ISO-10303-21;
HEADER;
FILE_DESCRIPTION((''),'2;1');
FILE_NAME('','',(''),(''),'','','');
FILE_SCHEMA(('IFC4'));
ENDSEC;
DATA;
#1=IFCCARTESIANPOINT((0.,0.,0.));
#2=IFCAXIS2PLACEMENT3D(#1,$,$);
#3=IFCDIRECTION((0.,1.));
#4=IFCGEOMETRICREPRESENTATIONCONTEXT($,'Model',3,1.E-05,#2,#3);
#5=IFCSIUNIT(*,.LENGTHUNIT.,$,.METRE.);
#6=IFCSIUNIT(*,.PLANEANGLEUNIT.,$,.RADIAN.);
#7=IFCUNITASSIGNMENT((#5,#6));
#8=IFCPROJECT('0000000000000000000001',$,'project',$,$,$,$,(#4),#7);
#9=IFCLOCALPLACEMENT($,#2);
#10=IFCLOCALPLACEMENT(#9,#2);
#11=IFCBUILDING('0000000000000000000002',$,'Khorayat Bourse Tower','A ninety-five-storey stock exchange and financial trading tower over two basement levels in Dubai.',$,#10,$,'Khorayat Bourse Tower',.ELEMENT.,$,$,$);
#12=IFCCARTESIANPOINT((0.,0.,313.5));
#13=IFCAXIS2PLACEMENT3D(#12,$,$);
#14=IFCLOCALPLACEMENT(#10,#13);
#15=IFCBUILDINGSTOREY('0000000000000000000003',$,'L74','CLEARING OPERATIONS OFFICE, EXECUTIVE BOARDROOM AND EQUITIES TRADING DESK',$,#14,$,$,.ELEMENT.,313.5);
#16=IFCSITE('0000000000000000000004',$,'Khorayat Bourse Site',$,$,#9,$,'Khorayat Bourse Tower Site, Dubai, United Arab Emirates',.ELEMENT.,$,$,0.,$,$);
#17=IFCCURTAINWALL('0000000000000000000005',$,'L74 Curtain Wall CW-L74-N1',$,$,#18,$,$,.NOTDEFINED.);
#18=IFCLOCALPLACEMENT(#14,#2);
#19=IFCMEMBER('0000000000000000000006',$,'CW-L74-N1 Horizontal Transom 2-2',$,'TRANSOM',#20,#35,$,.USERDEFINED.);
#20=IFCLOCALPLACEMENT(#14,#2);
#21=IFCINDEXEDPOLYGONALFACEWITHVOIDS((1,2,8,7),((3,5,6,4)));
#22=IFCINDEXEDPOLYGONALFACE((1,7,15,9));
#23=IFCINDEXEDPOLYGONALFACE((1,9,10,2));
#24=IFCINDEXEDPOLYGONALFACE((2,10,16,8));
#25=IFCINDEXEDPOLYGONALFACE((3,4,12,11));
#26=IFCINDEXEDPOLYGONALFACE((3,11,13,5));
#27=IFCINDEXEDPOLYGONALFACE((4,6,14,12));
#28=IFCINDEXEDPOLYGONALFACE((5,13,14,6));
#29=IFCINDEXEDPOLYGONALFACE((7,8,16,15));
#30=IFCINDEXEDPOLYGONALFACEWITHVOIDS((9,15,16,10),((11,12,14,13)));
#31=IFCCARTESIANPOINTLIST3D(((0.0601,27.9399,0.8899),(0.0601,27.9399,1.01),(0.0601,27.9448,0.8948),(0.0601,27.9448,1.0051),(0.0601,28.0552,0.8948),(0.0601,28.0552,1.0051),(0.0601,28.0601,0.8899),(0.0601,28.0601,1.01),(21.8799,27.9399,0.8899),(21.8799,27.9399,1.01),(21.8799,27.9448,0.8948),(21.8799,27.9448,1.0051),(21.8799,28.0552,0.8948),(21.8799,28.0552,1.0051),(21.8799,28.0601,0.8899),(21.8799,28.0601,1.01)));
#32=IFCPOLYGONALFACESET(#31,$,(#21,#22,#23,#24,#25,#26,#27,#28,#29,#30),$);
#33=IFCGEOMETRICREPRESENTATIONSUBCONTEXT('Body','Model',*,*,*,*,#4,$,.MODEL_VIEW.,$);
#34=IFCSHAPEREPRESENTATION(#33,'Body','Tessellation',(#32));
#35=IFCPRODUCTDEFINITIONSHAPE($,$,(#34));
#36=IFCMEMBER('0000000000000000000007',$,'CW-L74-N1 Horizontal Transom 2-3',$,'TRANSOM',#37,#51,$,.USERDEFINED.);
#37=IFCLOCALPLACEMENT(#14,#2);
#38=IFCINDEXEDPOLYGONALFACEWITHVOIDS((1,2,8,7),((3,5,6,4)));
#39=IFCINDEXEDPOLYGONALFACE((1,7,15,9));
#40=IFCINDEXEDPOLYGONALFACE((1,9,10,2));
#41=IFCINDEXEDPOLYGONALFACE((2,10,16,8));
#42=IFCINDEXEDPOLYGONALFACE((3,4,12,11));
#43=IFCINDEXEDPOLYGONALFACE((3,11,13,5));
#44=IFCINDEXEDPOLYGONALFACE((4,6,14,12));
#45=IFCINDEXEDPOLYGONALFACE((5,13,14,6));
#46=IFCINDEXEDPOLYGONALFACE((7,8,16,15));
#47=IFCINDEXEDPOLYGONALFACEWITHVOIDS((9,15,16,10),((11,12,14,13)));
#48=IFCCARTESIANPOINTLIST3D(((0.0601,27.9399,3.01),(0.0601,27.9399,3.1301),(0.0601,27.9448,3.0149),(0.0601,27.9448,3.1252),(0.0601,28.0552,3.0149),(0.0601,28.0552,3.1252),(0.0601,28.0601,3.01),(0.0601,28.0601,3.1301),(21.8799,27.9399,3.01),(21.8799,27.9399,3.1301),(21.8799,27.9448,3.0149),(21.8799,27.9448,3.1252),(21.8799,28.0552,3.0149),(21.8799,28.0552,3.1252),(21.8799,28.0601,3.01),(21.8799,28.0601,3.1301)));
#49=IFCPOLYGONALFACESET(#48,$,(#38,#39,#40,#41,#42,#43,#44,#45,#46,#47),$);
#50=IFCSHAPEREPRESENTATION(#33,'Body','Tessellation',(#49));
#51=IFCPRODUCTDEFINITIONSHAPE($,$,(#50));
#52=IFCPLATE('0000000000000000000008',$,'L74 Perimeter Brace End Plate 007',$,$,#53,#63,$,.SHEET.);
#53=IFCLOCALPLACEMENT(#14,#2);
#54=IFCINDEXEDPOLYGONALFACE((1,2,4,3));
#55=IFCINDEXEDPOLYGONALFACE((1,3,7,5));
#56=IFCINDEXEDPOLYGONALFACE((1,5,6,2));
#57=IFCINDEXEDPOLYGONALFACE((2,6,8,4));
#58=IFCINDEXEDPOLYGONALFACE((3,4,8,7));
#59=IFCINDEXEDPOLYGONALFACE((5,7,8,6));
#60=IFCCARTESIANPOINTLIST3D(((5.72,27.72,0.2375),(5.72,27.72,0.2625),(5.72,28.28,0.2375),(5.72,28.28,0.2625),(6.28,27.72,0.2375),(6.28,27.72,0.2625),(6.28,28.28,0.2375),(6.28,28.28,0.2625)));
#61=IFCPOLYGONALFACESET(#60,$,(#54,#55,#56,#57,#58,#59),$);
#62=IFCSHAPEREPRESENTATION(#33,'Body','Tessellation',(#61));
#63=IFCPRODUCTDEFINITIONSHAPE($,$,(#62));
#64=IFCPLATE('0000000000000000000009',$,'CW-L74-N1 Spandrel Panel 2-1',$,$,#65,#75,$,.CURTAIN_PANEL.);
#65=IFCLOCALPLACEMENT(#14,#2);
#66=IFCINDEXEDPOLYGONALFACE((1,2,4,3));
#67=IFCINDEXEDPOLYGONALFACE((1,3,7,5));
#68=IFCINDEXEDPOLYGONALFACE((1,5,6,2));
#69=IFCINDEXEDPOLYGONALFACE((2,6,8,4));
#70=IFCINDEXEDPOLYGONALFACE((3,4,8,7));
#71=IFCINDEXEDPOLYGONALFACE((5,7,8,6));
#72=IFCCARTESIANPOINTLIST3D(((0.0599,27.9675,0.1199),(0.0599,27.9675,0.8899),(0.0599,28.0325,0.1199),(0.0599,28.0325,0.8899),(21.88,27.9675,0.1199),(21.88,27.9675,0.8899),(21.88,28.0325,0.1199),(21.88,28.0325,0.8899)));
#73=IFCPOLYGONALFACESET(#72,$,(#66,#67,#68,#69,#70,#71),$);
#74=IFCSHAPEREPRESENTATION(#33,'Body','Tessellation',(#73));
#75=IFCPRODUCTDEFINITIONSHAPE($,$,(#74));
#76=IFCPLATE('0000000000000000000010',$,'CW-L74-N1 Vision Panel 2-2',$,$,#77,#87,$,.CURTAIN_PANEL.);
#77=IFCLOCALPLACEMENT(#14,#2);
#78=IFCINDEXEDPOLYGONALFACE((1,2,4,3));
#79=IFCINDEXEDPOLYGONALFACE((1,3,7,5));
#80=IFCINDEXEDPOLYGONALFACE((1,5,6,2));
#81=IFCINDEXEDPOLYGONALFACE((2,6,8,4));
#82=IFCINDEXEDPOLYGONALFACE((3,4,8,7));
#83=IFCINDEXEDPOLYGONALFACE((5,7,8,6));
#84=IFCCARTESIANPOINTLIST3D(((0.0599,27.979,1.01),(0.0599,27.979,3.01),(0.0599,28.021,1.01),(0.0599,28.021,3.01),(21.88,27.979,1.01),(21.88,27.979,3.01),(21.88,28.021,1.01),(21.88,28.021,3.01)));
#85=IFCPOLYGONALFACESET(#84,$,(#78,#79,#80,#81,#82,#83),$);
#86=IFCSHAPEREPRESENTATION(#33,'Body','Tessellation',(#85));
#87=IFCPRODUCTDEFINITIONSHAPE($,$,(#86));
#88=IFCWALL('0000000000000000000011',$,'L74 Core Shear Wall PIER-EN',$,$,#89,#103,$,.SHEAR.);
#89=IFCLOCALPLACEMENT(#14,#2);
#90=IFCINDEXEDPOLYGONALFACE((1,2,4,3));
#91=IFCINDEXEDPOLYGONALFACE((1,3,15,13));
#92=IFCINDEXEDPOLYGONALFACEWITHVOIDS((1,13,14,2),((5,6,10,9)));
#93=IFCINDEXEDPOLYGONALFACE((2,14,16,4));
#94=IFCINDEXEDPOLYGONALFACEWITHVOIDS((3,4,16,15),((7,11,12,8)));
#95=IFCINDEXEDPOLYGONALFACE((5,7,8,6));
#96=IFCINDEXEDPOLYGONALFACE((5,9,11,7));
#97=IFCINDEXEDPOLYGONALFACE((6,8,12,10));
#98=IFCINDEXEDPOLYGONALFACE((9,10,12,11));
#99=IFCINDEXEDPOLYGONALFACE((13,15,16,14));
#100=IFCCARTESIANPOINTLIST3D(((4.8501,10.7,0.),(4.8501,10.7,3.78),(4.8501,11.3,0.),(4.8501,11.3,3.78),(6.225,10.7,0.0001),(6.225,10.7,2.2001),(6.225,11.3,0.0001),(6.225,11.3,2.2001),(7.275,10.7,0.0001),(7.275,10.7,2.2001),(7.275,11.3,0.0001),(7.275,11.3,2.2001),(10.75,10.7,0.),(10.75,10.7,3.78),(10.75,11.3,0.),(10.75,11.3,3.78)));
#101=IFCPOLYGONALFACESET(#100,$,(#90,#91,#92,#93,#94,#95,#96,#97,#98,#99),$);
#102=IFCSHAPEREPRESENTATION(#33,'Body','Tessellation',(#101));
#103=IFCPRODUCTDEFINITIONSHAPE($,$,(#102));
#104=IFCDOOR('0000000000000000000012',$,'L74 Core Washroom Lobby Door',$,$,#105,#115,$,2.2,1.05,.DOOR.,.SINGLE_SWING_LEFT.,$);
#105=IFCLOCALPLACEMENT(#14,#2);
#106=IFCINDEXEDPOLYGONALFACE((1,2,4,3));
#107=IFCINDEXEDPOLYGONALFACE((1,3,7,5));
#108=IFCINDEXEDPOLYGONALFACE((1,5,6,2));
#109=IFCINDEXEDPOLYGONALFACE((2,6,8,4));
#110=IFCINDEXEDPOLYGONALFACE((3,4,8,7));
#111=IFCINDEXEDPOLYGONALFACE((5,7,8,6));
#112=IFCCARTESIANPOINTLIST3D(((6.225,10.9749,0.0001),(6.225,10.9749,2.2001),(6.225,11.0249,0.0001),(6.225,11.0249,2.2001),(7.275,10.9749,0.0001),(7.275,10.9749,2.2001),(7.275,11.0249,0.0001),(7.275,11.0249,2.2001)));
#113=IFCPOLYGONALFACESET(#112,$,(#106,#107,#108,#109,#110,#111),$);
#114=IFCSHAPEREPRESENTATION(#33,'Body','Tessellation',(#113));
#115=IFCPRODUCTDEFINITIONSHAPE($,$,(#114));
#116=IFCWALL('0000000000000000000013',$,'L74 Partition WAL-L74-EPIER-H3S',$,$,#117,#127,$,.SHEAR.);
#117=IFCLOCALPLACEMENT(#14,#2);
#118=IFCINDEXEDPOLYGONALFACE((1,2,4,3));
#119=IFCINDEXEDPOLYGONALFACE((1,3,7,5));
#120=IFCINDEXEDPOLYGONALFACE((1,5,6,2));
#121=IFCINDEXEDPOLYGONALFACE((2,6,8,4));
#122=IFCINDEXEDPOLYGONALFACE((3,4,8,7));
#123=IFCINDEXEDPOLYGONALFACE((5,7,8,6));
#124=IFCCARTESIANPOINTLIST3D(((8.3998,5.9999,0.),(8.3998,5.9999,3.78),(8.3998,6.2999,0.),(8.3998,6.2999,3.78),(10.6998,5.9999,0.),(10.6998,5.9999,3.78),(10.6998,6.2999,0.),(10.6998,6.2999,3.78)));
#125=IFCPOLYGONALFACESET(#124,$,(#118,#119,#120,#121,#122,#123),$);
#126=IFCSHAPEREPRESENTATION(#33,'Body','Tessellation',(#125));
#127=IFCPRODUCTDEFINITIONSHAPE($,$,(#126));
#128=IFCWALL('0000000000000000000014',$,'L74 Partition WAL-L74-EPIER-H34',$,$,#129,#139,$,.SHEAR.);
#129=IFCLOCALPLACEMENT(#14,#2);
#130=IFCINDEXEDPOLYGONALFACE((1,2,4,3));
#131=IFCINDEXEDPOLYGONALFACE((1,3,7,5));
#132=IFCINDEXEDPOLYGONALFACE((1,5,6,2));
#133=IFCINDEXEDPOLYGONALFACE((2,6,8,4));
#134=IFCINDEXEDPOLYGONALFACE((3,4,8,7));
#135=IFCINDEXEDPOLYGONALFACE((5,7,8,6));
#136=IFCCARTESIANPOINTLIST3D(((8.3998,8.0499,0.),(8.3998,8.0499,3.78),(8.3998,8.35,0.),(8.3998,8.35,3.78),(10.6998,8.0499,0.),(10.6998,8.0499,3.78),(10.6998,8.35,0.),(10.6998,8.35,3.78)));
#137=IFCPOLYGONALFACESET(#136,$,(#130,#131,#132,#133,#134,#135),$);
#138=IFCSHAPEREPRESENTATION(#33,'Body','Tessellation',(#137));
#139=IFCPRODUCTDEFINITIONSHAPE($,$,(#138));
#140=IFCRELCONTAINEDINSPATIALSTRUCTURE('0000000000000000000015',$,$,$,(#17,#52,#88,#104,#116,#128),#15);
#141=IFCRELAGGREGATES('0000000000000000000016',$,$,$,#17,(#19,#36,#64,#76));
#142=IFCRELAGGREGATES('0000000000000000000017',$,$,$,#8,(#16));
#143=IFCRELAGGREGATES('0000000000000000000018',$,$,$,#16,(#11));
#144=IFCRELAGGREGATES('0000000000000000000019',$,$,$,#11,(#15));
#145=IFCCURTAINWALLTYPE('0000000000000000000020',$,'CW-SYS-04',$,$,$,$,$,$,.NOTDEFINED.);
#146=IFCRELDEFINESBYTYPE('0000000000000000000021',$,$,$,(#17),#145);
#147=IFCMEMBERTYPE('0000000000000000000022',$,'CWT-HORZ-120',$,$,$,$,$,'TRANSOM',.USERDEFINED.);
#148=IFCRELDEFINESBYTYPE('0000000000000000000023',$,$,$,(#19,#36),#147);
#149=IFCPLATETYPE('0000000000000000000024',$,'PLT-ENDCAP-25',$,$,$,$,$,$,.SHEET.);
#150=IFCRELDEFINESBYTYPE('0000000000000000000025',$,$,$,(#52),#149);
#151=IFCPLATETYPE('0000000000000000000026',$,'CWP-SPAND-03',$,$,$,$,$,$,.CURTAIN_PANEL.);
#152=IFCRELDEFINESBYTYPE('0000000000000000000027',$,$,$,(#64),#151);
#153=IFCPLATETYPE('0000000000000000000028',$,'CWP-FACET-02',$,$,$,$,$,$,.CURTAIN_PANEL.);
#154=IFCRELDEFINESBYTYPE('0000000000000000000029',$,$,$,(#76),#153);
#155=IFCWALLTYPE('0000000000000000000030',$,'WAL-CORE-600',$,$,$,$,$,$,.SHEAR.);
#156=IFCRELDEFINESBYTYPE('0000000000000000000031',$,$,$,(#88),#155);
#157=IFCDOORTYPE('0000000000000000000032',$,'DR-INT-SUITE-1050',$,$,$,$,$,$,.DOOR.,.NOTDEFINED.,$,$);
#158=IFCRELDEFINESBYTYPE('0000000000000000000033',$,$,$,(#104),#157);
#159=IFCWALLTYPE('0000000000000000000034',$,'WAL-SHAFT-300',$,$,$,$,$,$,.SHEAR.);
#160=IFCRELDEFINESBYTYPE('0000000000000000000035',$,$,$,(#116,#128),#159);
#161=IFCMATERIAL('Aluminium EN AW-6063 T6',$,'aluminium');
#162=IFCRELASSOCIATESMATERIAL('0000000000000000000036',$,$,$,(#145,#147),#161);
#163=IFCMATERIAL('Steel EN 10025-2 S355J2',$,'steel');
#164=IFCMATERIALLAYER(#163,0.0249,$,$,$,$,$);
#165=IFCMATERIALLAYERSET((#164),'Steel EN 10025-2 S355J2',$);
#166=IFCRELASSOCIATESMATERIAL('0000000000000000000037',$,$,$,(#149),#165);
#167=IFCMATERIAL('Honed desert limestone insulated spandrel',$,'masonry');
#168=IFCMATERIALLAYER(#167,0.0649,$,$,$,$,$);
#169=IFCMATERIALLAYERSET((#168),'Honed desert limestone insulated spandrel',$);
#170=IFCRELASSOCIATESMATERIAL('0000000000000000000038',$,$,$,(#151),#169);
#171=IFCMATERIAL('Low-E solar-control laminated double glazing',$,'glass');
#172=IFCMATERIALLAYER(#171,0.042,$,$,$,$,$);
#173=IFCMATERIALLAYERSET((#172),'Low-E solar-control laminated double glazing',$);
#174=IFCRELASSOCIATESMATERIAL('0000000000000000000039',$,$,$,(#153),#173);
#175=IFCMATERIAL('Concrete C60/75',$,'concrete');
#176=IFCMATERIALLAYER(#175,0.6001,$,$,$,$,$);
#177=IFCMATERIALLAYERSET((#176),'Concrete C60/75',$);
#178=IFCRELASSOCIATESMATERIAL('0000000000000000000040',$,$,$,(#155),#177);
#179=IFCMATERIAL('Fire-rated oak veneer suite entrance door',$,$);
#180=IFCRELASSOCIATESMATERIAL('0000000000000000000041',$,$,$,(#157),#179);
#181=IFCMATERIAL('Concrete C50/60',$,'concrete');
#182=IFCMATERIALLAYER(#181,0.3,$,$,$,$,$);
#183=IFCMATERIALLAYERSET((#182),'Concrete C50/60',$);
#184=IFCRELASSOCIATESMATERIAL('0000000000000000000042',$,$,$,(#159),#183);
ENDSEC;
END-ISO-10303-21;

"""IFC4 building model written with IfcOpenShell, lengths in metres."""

from ifc_helpers import new_model, si_unit, direction, frame, frame_2d, origin, origin_2d, place, context, subcontext, project, spatial, rectangle, hollow_rectangle, extrude, source, transform, mapped, material, layer, layer_set, material_profile, profile_set, type_object, element, fill, aggregate, save


model = new_model("IFC4")

# Units and contexts
model_context = context("Model", 3, precision=1e-05, world=origin(), true_north=direction((0.0, 1.0)))
body_context = subcontext(model_context, "Body", "Model", "MODEL_VIEW")
ifc_project = project(units=[si_unit("LENGTHUNIT", "METRE"), si_unit("PLANEANGLEUNIT", "RADIAN")], contexts=[model_context])

# Site, building, storey
site_placement = place(None, origin())
site = spatial("IfcSite", under=ifc_project, at=site_placement, Name="Khorayat Bourse Site", LongName="Khorayat Bourse Tower Site, Dubai, United Arab Emirates", CompositionType="ELEMENT", RefElevation=0.0)
building_placement = place(site_placement, origin())
building = spatial("IfcBuilding", under=site, at=building_placement, Name="Khorayat Bourse Tower", Description="A ninety-five-storey stock exchange and financial trading tower over two basement levels in Dubai.", LongName="Khorayat Bourse Tower", CompositionType="ELEMENT")
storey_placement = place(building_placement, frame((0.0, 0.0, 313.5)))
storey = spatial("IfcBuildingStorey", under=building, at=storey_placement, Name="L74", Description="CLEARING OPERATIONS OFFICE, EXECUTIVE BOARDROOM AND EQUITIES TRADING DESK", CompositionType="ELEMENT", Elevation=313.5)

# Shared definitions
ifc_material_1 = material(Name="Concrete C60/75", Category="concrete")

# Curtain wall, members
ifc_material_2 = material(Name="Aluminium EN AW-6063 T6", Category="aluminium")
curtain_wall_type = type_object("IfcCurtainWallType", Name="CW-SYS-04", PredefinedType="NOTDEFINED", material=ifc_material_2)
curtain_wall_placement = place(storey_placement, origin())
curtain_wall = element("IfcCurtainWall", 1, at=curtain_wall_placement, inside=storey, type_object=curtain_wall_type, Name="L74 Curtain Wall CW-L74-N1", PredefinedType="NOTDEFINED")
ifc_material_profile_1 = material_profile(ifc_material_2, hollow_rectangle(XDim=0.1201, YDim=0.1201, WallThickness=0.0049, at=origin_2d()), Name="ALU 120x120x5")
ifc_profile_set_1 = profile_set([ifc_material_profile_1], Name="Aluminium EN AW-6063 T6")
member_type_1 = type_object("IfcMemberType", Name="CWT-HORZ-120", ElementType="TRANSOM", PredefinedType="USERDEFINED", material=ifc_profile_set_1)
shared_shape_1 = source(origin(), body_context, "Body", "SweptSolid", [
    extrude(hollow_rectangle(XDim=0.1201, YDim=0.1201, WallThickness=0.0049, at=origin_2d()), origin(), (0.0, 0.0, 1.0), 21.8198),
])
member_1_placement = place(storey_placement, frame((0.0601, 28.0, 0.95), z_axis=(1.0, 0.0, 0.0), x_axis=(0.0, 1.0, 0.0)))
member_1 = element("IfcMember", 2, at=member_1_placement, type_object=member_type_1, Name="CW-L74-N1 Horizontal Transom 2-2", ObjectType="TRANSOM", PredefinedType="USERDEFINED", context=body_context, shape_type="MappedRepresentation", body=[
    mapped(shared_shape_1, transform((0.0, 0.0, 0.0), scale=1.0)),
])
member_2_placement = place(storey_placement, frame((0.0601, 28.0, 3.0701), z_axis=(1.0, 0.0, 0.0), x_axis=(0.0, 1.0, 0.0)))
member_2 = element("IfcMember", 3, at=member_2_placement, type_object=member_type_1, Name="CW-L74-N1 Horizontal Transom 2-3", ObjectType="TRANSOM", PredefinedType="USERDEFINED", context=body_context, shape_type="MappedRepresentation", body=[
    mapped(shared_shape_1, transform((0.0, 0.0, 0.0), scale=1.0)),
])

# Plates
ifc_material_3 = material(Name="Steel EN 10025-2 S355J2", Category="steel")
ifc_layer_1 = layer(ifc_material_3, 0.0249)
ifc_layer_set_1 = layer_set([ifc_layer_1], Name="Steel EN 10025-2 S355J2")
plate_type_1 = type_object("IfcPlateType", Name="PLT-ENDCAP-25", PredefinedType="SHEET", material=ifc_layer_set_1)
shared_shape_2 = source(origin(), body_context, "Body", "SweptSolid", [
    extrude(rectangle(XDim=0.5601, YDim=0.5601, at=origin_2d()), origin(), (0.0, 0.0, 1.0), 0.0249),
])
plate_1_placement = place(storey_placement, frame((6.0, 28.0, 0.2375), z_axis=(0.0, 0.0, 1.0), x_axis=(1.0, 0.0, 0.0)))
element("IfcPlate", 4, at=plate_1_placement, inside=storey, type_object=plate_type_1, Name="L74 Perimeter Brace End Plate 007", PredefinedType="SHEET", context=body_context, shape_type="MappedRepresentation", body=[
    mapped(shared_shape_2, transform((0.0, 0.0, 0.0), scale=1.0)),
])
ifc_material_4 = material(Name="Honed desert limestone insulated spandrel", Category="masonry")
ifc_layer_2 = layer(ifc_material_4, 0.0649)
ifc_layer_set_2 = layer_set([ifc_layer_2], Name="Honed desert limestone insulated spandrel")
plate_type_2 = type_object("IfcPlateType", Name="CWP-SPAND-03", PredefinedType="CURTAIN_PANEL", material=ifc_layer_set_2)
shared_shape_3 = source(origin(), body_context, "Body", "SweptSolid", [
    extrude(rectangle(XDim=21.8201, YDim=0.0649, at=origin_2d()), origin(), (0.0, 0.0, 1.0), 0.77),
])
plate_2_placement = place(storey_placement, frame((10.97, 28.0, 0.1199), z_axis=(0.0, 0.0, 1.0), x_axis=(1.0, 0.0, 0.0)))
plate_2 = element("IfcPlate", 5, at=plate_2_placement, type_object=plate_type_2, Name="CW-L74-N1 Spandrel Panel 2-1", PredefinedType="CURTAIN_PANEL", context=body_context, shape_type="MappedRepresentation", body=[
    mapped(shared_shape_3, transform((0.0, 0.0, 0.0), scale=1.0)),
])
ifc_material_5 = material(Name="Low-E solar-control laminated double glazing", Category="glass")
ifc_layer_3 = layer(ifc_material_5, 0.042)
ifc_layer_set_3 = layer_set([ifc_layer_3], Name="Low-E solar-control laminated double glazing")
plate_type_3 = type_object("IfcPlateType", Name="CWP-FACET-02", PredefinedType="CURTAIN_PANEL", material=ifc_layer_set_3)
shared_shape_4 = source(origin(), body_context, "Body", "SweptSolid", [
    extrude(rectangle(XDim=21.8201, YDim=0.042, at=origin_2d()), origin(), (0.0, 0.0, 1.0), 2.0),
])
plate_3_placement = place(storey_placement, frame((10.97, 28.0, 1.01), z_axis=(0.0, 0.0, 1.0), x_axis=(1.0, 0.0, 0.0)))
plate_3 = element("IfcPlate", 6, at=plate_3_placement, type_object=plate_type_3, Name="CW-L74-N1 Vision Panel 2-2", PredefinedType="CURTAIN_PANEL", context=body_context, shape_type="MappedRepresentation", body=[
    mapped(shared_shape_4, transform((0.0, 0.0, 0.0), scale=1.0)),
])
aggregate(curtain_wall, [member_1, member_2, plate_2, plate_3])

# Wall, opening, door
ifc_layer_4 = layer(ifc_material_1, 0.6001)
ifc_layer_set_4 = layer_set([ifc_layer_4], Name="Concrete C60/75")
wall_type_1 = type_object("IfcWallType", Name="WAL-CORE-600", PredefinedType="SHEAR", material=ifc_layer_set_4)
shared_shape_5 = source(origin(), body_context, "Body", "SweptSolid", [
    extrude(rectangle(XDim=5.8999, YDim=0.6001, at=frame_2d((2.95, 0.0))), origin(), (0.0, 0.0, 1.0), 3.78),
])
wall_1_placement = place(storey_placement, frame((4.8501, 11.0, 0.0), z_axis=(0.0, 0.0, 1.0), x_axis=(1.0, 0.0, 0.0)))
wall_1 = element("IfcWall", 7, at=wall_1_placement, inside=storey, type_object=wall_type_1, Name="L74 Core Shear Wall PIER-EN", PredefinedType="SHEAR", context=body_context, shape_type="MappedRepresentation", body=[
    mapped(shared_shape_5, transform((0.0, 0.0, 0.0), scale=1.0)),
])
shared_shape_6 = source(origin(), body_context, "Body", "SweptSolid", [
    extrude(rectangle(XDim=1.05, YDim=2.2, at=frame_2d((0.5249, 1.1001))), frame((0.0, 0.3101, 0.0), z_axis=(0.0, -1.0, 0.0), x_axis=(1.0, 0.0, 0.0)), (0.0, 0.0, 1.0), 0.6201),
])
opening_1_placement = place(wall_1_placement, frame((1.375, 0.0, 0.0)))
opening_1 = element("IfcOpeningElement", 8, at=opening_1_placement, cuts=wall_1, PredefinedType="OPENING", context=body_context, shape_type="MappedRepresentation", body=[
    mapped(shared_shape_6, transform((0.0, 0.0, 0.0), scale=1.0)),
])
ifc_material_6 = material(Name="Fire-rated oak veneer suite entrance door")
door_type_1 = type_object("IfcDoorType", Name="DR-INT-SUITE-1050", OperationType="NOTDEFINED", PredefinedType="DOOR", material=ifc_material_6)
shared_shape_7 = source(origin(), body_context, "Body", "SweptSolid", [
    extrude(rectangle(XDim=1.05, YDim=2.2, at=frame_2d((0.5249, 1.1001))), frame((0.0, 0.0249, 0.0), z_axis=(0.0, -1.0, 0.0), x_axis=(1.0, 0.0, 0.0)), (0.0, 0.0, 1.0), 0.05),
])
door_1_placement = place(opening_1_placement, origin())
door_1 = element("IfcDoor", 9, at=door_1_placement, inside=storey, type_object=door_type_1, Name="L74 Core Washroom Lobby Door", OperationType="SINGLE_SWING_LEFT", OverallHeight=2.2, OverallWidth=1.05, PredefinedType="DOOR", context=body_context, shape_type="MappedRepresentation", body=[
    mapped(shared_shape_7, transform((0.0, 0.0, 0.0), scale=1.0)),
])
fill(opening_1, door_1)

# Walls
ifc_material_7 = material(Name="Concrete C50/60", Category="concrete")
ifc_layer_5 = layer(ifc_material_7, 0.3)
ifc_layer_set_5 = layer_set([ifc_layer_5], Name="Concrete C50/60")
wall_type_2 = type_object("IfcWallType", Name="WAL-SHAFT-300", PredefinedType="SHEAR", material=ifc_layer_set_5)
shared_shape_8 = source(origin(), body_context, "Body", "SweptSolid", [
    extrude(rectangle(XDim=2.3, YDim=0.3, at=frame_2d((1.1499, 0.0))), origin(), (0.0, 0.0, 1.0), 3.78),
])
for number, where, z_axis, x_axis, name in (
    (10, (8.3999, 6.1499, 0.0), (0.0, 0.0, 1.0), (1.0, 0.0, 0.0), "L74 Partition WAL-L74-EPIER-H3S"),
    (11, (8.3999, 8.2, 0.0), (0.0, 0.0, 1.0), (1.0, 0.0, 0.0), "L74 Partition WAL-L74-EPIER-H34"),
):
    element("IfcWall", number, at=place(storey_placement, frame(where, z_axis=z_axis, x_axis=x_axis)), inside=storey, type_object=wall_type_2, Name=name, PredefinedType="SHEAR", context=body_context, shape_type="MappedRepresentation", body=[
        mapped(shared_shape_8, transform((0.0, 0.0, 0.0), scale=1.0)),
    ])

save(model, "model.ifc")
